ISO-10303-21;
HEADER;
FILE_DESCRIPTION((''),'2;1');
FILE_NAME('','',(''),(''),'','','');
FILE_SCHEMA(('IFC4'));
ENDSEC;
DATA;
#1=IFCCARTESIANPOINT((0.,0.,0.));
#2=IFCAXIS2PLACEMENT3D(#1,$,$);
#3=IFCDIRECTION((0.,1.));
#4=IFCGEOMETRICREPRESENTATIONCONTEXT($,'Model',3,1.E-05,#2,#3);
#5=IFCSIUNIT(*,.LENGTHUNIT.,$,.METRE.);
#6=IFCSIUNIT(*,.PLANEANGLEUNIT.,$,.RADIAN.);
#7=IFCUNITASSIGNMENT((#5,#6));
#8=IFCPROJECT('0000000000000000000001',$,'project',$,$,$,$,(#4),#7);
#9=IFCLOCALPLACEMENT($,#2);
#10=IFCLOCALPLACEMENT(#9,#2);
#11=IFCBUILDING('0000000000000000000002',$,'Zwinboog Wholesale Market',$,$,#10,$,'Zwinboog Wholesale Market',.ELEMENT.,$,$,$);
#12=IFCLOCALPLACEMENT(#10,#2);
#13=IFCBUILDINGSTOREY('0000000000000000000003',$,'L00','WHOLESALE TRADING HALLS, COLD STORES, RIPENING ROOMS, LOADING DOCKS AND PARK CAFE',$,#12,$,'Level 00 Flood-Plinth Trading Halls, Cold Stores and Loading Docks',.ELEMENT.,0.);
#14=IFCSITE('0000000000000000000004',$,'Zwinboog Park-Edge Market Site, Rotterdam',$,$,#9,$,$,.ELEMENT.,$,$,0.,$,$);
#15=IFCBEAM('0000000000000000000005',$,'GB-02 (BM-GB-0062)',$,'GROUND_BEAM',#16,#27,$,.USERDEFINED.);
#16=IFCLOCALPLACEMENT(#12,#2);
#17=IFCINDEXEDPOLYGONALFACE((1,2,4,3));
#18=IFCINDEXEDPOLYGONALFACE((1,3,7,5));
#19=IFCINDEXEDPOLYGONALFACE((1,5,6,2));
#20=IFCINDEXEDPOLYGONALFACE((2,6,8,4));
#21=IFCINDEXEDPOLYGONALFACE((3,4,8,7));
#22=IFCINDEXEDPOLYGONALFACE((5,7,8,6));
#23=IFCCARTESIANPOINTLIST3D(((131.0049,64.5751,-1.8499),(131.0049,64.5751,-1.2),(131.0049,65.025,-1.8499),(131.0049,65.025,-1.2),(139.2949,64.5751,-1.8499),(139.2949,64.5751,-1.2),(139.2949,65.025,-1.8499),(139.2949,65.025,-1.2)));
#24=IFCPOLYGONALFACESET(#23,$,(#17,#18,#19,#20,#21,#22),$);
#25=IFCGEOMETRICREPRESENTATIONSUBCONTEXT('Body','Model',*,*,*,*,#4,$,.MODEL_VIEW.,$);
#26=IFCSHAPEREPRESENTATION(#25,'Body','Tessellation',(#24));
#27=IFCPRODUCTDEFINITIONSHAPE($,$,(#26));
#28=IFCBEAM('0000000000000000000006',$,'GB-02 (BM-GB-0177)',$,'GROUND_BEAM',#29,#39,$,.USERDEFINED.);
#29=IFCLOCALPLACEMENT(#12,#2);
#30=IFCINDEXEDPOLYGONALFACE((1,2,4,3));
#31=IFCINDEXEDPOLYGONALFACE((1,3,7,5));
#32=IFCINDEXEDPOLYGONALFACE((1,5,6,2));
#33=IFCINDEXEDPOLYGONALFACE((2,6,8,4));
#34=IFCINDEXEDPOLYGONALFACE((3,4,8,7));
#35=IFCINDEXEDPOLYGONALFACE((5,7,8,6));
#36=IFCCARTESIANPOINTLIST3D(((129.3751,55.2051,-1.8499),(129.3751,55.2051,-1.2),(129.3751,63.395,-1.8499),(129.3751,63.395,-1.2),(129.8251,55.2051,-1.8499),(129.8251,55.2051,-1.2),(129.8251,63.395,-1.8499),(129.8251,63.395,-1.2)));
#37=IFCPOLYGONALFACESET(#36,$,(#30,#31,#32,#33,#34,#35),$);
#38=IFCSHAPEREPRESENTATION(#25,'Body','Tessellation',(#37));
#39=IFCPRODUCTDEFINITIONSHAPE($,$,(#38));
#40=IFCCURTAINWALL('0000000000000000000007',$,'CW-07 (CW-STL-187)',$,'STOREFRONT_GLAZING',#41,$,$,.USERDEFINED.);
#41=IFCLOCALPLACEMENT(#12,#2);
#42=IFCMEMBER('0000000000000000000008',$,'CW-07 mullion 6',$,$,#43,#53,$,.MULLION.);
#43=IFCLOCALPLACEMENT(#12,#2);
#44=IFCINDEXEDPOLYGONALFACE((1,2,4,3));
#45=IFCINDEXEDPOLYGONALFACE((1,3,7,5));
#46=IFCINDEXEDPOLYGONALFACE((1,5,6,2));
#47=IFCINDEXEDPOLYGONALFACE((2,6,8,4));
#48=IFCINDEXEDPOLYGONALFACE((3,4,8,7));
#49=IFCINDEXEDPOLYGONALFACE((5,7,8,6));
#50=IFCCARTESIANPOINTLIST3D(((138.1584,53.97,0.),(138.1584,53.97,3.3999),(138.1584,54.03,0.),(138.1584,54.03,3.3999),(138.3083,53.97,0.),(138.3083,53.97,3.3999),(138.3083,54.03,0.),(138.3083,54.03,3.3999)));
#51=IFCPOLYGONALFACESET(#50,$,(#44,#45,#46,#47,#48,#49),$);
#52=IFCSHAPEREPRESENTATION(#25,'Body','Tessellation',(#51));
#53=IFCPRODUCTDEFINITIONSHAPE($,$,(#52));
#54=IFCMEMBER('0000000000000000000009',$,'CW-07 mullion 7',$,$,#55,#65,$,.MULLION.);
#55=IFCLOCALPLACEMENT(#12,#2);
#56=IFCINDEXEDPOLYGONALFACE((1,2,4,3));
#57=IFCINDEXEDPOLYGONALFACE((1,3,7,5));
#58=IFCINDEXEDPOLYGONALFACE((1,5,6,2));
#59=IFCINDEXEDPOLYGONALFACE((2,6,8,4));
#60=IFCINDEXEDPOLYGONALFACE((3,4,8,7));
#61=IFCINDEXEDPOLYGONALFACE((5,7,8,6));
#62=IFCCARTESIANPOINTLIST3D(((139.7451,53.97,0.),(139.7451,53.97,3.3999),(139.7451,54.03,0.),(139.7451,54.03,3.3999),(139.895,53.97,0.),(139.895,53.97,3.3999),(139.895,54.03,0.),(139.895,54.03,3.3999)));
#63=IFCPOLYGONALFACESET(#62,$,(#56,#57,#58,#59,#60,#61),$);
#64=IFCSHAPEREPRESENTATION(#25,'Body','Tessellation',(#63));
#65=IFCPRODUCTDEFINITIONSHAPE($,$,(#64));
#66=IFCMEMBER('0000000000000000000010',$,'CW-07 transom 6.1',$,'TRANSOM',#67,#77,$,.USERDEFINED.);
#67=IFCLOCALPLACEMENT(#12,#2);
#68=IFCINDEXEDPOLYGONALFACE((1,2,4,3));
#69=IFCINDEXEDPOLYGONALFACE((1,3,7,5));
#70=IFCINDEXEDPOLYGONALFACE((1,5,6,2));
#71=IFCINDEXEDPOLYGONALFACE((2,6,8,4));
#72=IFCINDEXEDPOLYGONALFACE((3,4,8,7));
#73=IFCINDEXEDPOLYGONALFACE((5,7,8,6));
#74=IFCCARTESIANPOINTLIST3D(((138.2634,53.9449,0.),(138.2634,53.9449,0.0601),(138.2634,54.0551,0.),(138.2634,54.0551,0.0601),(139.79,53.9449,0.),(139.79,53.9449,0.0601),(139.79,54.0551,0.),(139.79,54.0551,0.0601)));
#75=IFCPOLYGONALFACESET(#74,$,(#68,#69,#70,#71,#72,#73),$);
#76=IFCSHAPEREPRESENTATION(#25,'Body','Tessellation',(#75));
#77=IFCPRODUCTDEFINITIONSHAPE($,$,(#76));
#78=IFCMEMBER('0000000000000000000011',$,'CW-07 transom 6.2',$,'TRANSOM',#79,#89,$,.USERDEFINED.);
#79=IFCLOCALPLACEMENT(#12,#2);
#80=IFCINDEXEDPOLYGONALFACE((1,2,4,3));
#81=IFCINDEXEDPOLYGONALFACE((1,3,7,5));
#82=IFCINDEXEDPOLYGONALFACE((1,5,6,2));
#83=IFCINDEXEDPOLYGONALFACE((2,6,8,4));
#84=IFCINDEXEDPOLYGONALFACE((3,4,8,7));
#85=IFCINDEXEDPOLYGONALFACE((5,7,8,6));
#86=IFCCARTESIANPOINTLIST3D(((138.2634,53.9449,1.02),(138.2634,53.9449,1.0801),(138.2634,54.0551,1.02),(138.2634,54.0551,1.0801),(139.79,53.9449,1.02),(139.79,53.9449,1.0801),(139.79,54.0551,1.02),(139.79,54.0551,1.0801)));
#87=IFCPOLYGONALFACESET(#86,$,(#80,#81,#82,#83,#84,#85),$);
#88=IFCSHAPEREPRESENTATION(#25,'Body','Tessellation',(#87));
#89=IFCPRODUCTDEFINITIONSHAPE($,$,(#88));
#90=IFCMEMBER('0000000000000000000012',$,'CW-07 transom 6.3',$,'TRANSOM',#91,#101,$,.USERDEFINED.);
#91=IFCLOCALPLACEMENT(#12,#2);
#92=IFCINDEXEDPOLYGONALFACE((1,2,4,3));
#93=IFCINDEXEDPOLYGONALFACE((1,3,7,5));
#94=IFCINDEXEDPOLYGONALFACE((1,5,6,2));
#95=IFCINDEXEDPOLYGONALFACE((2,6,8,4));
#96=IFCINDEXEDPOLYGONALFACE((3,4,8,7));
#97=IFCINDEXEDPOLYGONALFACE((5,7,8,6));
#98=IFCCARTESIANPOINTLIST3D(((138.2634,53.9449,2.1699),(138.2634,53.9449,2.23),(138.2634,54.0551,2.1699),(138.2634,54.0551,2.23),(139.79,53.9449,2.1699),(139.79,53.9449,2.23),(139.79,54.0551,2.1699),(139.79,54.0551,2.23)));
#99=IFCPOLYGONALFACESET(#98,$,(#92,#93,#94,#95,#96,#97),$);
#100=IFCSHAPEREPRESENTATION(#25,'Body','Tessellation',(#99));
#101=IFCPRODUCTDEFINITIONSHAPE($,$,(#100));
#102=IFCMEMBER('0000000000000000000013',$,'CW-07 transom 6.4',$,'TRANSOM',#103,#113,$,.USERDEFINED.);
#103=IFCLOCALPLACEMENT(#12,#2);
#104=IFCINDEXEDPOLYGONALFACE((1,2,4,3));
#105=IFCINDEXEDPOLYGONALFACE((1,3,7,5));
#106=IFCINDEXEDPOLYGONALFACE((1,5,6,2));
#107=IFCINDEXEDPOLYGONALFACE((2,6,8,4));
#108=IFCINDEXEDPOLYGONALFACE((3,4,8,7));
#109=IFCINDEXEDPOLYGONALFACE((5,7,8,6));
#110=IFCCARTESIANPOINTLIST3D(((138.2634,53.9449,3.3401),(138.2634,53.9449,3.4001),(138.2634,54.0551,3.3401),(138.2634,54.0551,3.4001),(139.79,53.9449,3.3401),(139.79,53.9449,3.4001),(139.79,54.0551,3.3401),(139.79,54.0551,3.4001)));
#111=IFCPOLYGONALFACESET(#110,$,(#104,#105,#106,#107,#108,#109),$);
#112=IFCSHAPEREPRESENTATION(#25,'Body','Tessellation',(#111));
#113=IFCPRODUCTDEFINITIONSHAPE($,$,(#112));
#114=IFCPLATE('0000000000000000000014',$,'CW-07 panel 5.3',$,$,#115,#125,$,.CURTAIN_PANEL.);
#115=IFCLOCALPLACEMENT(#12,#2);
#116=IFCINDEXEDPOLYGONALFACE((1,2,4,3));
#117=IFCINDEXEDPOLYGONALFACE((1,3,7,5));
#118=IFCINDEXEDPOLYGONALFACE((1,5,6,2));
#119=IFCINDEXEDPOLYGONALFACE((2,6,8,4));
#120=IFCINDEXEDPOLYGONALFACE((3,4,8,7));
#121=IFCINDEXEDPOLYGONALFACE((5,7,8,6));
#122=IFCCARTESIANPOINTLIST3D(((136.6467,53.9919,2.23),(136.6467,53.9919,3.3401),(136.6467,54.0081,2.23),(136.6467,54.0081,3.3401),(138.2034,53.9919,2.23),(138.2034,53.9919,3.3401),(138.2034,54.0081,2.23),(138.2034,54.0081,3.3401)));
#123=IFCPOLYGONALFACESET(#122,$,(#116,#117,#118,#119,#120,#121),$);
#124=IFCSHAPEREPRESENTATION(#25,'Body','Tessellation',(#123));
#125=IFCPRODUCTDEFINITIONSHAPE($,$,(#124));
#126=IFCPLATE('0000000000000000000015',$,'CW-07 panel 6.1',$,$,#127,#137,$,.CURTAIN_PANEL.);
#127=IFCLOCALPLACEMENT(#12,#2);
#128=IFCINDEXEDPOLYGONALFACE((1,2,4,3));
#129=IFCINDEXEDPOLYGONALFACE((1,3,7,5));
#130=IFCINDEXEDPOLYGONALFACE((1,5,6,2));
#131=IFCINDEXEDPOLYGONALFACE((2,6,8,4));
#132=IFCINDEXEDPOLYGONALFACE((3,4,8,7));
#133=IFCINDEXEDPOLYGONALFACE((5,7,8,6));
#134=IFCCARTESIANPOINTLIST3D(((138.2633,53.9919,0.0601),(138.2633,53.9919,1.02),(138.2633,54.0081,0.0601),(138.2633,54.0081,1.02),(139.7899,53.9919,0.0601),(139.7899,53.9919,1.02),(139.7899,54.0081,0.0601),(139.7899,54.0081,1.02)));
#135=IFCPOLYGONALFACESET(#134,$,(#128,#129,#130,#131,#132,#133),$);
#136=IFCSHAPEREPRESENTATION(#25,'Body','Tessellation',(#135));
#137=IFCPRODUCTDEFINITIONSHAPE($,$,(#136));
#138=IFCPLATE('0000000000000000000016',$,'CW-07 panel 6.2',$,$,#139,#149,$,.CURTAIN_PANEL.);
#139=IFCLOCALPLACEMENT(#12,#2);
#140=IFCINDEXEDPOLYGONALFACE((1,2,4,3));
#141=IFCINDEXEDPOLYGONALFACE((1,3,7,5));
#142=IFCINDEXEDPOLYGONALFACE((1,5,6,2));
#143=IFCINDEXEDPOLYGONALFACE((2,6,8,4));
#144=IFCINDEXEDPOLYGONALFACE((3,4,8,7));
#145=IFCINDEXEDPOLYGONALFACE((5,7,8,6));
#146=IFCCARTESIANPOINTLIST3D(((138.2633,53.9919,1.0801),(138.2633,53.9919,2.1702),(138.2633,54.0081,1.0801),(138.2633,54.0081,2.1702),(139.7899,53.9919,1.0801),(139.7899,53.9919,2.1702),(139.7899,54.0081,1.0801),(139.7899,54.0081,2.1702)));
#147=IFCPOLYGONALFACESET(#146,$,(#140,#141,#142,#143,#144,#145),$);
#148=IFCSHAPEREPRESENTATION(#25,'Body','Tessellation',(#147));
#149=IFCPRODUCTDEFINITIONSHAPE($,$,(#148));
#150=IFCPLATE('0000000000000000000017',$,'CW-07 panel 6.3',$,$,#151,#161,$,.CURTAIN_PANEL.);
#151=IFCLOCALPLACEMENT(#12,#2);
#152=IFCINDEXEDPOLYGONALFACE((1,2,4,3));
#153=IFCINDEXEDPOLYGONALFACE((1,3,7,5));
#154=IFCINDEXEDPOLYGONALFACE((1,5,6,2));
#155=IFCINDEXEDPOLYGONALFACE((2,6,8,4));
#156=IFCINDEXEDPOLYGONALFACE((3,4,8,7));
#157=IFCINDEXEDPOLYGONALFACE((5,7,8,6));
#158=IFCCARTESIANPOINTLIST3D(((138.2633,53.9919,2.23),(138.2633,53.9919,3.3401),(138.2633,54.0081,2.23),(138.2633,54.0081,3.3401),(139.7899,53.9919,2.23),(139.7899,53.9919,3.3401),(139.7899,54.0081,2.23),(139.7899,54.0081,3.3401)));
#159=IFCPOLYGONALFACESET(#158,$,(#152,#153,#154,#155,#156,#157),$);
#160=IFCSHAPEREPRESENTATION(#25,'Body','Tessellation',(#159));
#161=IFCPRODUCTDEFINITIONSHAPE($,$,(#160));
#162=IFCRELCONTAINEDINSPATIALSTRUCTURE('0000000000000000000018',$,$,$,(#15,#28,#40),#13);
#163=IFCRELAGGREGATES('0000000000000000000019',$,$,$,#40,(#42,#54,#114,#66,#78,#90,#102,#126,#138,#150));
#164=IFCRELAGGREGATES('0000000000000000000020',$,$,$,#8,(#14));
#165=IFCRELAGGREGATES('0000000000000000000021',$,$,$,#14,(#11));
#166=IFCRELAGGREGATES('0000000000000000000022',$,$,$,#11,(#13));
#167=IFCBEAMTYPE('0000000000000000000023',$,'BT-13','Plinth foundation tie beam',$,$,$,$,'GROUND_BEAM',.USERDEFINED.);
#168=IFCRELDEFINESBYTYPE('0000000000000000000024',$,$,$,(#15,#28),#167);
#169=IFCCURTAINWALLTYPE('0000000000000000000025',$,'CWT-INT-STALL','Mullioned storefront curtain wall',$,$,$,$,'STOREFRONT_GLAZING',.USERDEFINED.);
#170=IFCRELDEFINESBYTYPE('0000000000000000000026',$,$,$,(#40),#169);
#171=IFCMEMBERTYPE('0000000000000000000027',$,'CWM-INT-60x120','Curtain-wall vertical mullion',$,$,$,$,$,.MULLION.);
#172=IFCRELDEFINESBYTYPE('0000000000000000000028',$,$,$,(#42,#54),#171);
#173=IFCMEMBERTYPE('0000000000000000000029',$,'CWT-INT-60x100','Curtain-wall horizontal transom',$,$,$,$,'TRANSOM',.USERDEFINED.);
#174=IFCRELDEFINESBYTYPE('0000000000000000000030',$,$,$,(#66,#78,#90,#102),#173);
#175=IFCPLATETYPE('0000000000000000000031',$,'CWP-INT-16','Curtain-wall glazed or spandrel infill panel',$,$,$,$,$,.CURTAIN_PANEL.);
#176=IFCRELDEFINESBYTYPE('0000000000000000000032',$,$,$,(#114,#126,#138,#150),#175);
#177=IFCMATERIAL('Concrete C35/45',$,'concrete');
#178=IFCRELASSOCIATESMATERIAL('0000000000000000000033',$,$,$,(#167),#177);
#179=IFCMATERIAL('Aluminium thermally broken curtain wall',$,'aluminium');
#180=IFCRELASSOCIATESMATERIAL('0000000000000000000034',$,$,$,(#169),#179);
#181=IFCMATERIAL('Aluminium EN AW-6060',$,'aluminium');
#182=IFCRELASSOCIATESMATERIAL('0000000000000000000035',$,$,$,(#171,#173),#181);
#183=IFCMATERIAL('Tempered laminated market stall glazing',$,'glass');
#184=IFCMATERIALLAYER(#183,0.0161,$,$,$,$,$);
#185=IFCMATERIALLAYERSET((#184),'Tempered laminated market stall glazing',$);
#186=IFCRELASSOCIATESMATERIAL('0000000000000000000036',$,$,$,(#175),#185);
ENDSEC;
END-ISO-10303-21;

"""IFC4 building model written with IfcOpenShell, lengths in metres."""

from ifc_helpers import new_model, si_unit, direction, frame, origin, origin_2d, place, context, subcontext, project, spatial, rectangle, extrude, material, layer, layer_set, material_profile, profile_set, type_object, element, aggregate, save


model = new_model("IFC4")

# Units and contexts
model_context = context("Model", 3, precision=1e-05, world=origin(), true_north=direction((0.0, 1.0)))
body_context = subcontext(model_context, "Body", "Model", "MODEL_VIEW")
ifc_project = project(units=[si_unit("LENGTHUNIT", "METRE"), si_unit("PLANEANGLEUNIT", "RADIAN")], contexts=[model_context])

# Site, building, storey
site_placement = place(None, origin())
site = spatial("IfcSite", under=ifc_project, at=site_placement, Name="Zwinboog Park-Edge Market Site, Rotterdam", CompositionType="ELEMENT", RefElevation=0.0)
building_placement = place(site_placement, origin())
building = spatial("IfcBuilding", under=site, at=building_placement, Name="Zwinboog Wholesale Market", LongName="Zwinboog Wholesale Market", CompositionType="ELEMENT")
storey_placement = place(building_placement, origin())
storey = spatial("IfcBuildingStorey", under=building, at=storey_placement, Name="L00", Description="WHOLESALE TRADING HALLS, COLD STORES, RIPENING ROOMS, LOADING DOCKS AND PARK CAFE", LongName="Level 00 Flood-Plinth Trading Halls, Cold Stores and Loading Docks", CompositionType="ELEMENT", Elevation=0.0)

# Shared definitions
ifc_material_1 = material(Name="Concrete C35/45", Category="concrete")

# Beams
ifc_material_profile_1 = material_profile(ifc_material_1, rectangle(XDim=0.45, YDim=0.6499, at=origin_2d()), Name="RC 450x650")
ifc_profile_set_1 = profile_set([ifc_material_profile_1], Name="Concrete C35/45")
beam_type_1 = type_object("IfcBeamType", Name="BT-13", Description="Plinth foundation tie beam", ElementType="GROUND_BEAM", PredefinedType="USERDEFINED", material=ifc_profile_set_1)
beam_1_placement = place(storey_placement, frame((131.0049, 64.8, -1.5249), z_axis=(1.0, 0.0, 0.0), x_axis=(0.0, 1.0, 0.0)))
element("IfcBeam", 1, at=beam_1_placement, inside=storey, type_object=beam_type_1, Name="GB-02 (BM-GB-0062)", ObjectType="GROUND_BEAM", PredefinedType="USERDEFINED", context=body_context, shape_type="SweptSolid", body=[
    extrude(rectangle(XDim=0.45, YDim=0.6499, at=origin_2d()), origin(), (0.0, 0.0, 1.0), 8.29),
])
beam_2_placement = place(storey_placement, frame((129.6001, 55.2051, -1.5249), z_axis=(0.0, 1.0, 0.0), x_axis=(-1.0, 0.0, 0.0)))
element("IfcBeam", 2, at=beam_2_placement, inside=storey, type_object=beam_type_1, Name="GB-02 (BM-GB-0177)", ObjectType="GROUND_BEAM", PredefinedType="USERDEFINED", context=body_context, shape_type="SweptSolid", body=[
    extrude(rectangle(XDim=0.45, YDim=0.6499, at=origin_2d()), origin(), (0.0, 0.0, 1.0), 8.1899),
])

# Curtain wall, members, plates
ifc_material_2 = material(Name="Aluminium thermally broken curtain wall", Category="aluminium")
curtain_wall_type = type_object("IfcCurtainWallType", Name="CWT-INT-STALL", Description="Mullioned storefront curtain wall", ElementType="STOREFRONT_GLAZING", PredefinedType="USERDEFINED", material=ifc_material_2)
curtain_wall_placement = place(storey_placement, origin())
curtain_wall = element("IfcCurtainWall", 3, at=curtain_wall_placement, inside=storey, type_object=curtain_wall_type, Name="CW-07 (CW-STL-187)", ObjectType="STOREFRONT_GLAZING", PredefinedType="USERDEFINED")
ifc_material_3 = material(Name="Aluminium EN AW-6060", Category="aluminium")
ifc_material_profile_2 = material_profile(ifc_material_3, rectangle(XDim=0.0601, YDim=0.1499, at=origin_2d()), Name="AL 60x150")
ifc_profile_set_2 = profile_set([ifc_material_profile_2], Name="Aluminium EN AW-6060")
member_type_1 = type_object("IfcMemberType", Name="CWM-INT-60x120", Description="Curtain-wall vertical mullion", PredefinedType="MULLION", material=ifc_profile_set_2)
member_1_placement = place(storey_placement, frame((138.2334, 54.0, 0.0), z_axis=(0.0, 0.0, 1.0), x_axis=(0.0, 1.0, 0.0)))
member_1 = element("IfcMember", 4, at=member_1_placement, type_object=member_type_1, Name="CW-07 mullion 6", PredefinedType="MULLION", context=body_context, shape_type="SweptSolid", body=[
    extrude(rectangle(XDim=0.0601, YDim=0.1499, at=origin_2d()), origin(), (0.0, 0.0, 1.0), 3.3999),
])
member_2_placement = place(storey_placement, frame((139.8201, 54.0, 0.0), z_axis=(0.0, 0.0, 1.0), x_axis=(0.0, 1.0, 0.0)))
member_2 = element("IfcMember", 5, at=member_2_placement, type_object=member_type_1, Name="CW-07 mullion 7", PredefinedType="MULLION", context=body_context, shape_type="SweptSolid", body=[
    extrude(rectangle(XDim=0.0601, YDim=0.1499, at=origin_2d()), origin(), (0.0, 0.0, 1.0), 3.3999),
])
ifc_material_profile_3 = material_profile(ifc_material_3, rectangle(XDim=0.1101, YDim=0.0601, at=origin_2d()), Name="AL 60x110")
ifc_profile_set_3 = profile_set([ifc_material_profile_3], Name="Aluminium EN AW-6060")
member_type_2 = type_object("IfcMemberType", Name="CWT-INT-60x100", Description="Curtain-wall horizontal transom", ElementType="TRANSOM", PredefinedType="USERDEFINED", material=ifc_profile_set_3)
member_3_placement = place(storey_placement, frame((138.2634, 54.0, 0.03), z_axis=(1.0, 0.0, 0.0), x_axis=(0.0, 1.0, 0.0)))
member_3 = element("IfcMember", 6, at=member_3_placement, type_object=member_type_2, Name="CW-07 transom 6.1", ObjectType="TRANSOM", PredefinedType="USERDEFINED", context=body_context, shape_type="SweptSolid", body=[
    extrude(rectangle(XDim=0.1101, YDim=0.0601, at=origin_2d()), origin(), (0.0, 0.0, 1.0), 1.5266),
])
member_4_placement = place(storey_placement, frame((138.2634, 54.0, 1.05), z_axis=(1.0, 0.0, 0.0), x_axis=(0.0, 1.0, 0.0)))
member_4 = element("IfcMember", 7, at=member_4_placement, type_object=member_type_2, Name="CW-07 transom 6.2", ObjectType="TRANSOM", PredefinedType="USERDEFINED", context=body_context, shape_type="SweptSolid", body=[
    extrude(rectangle(XDim=0.1101, YDim=0.0601, at=origin_2d()), origin(), (0.0, 0.0, 1.0), 1.5266),
])
member_5_placement = place(storey_placement, frame((138.2634, 54.0, 2.2), z_axis=(1.0, 0.0, 0.0), x_axis=(0.0, 1.0, 0.0)))
member_5 = element("IfcMember", 8, at=member_5_placement, type_object=member_type_2, Name="CW-07 transom 6.3", ObjectType="TRANSOM", PredefinedType="USERDEFINED", context=body_context, shape_type="SweptSolid", body=[
    extrude(rectangle(XDim=0.1101, YDim=0.0601, at=origin_2d()), origin(), (0.0, 0.0, 1.0), 1.5266),
])
member_6_placement = place(storey_placement, frame((138.2634, 54.0, 3.3701), z_axis=(1.0, 0.0, 0.0), x_axis=(0.0, 1.0, 0.0)))
member_6 = element("IfcMember", 9, at=member_6_placement, type_object=member_type_2, Name="CW-07 transom 6.4", ObjectType="TRANSOM", PredefinedType="USERDEFINED", context=body_context, shape_type="SweptSolid", body=[
    extrude(rectangle(XDim=0.1101, YDim=0.0601, at=origin_2d()), origin(), (0.0, 0.0, 1.0), 1.5266),
])
ifc_material_4 = material(Name="Tempered laminated market stall glazing", Category="glass")
ifc_layer = layer(ifc_material_4, 0.0161)
ifc_layer_set = layer_set([ifc_layer], Name="Tempered laminated market stall glazing")
plate_type = type_object("IfcPlateType", Name="CWP-INT-16", Description="Curtain-wall glazed or spandrel infill panel", PredefinedType="CURTAIN_PANEL", material=ifc_layer_set)
plate_1_placement = place(storey_placement, frame((137.425, 54.0, 2.23), z_axis=(0.0, 0.0, 1.0), x_axis=(1.0, 0.0, 0.0)))
plate_1 = element("IfcPlate", 10, at=plate_1_placement, type_object=plate_type, Name="CW-07 panel 5.3", PredefinedType="CURTAIN_PANEL", context=body_context, shape_type="SweptSolid", body=[
    extrude(rectangle(XDim=1.5566, YDim=0.0161, at=origin_2d()), origin(), (0.0, 0.0, 1.0), 1.1101),
])
plate_2_placement = place(storey_placement, frame((139.0266, 54.0, 0.0601), z_axis=(0.0, 0.0, 1.0), x_axis=(1.0, 0.0, 0.0)))
plate_2 = element("IfcPlate", 11, at=plate_2_placement, type_object=plate_type, Name="CW-07 panel 6.1", PredefinedType="CURTAIN_PANEL", context=body_context, shape_type="SweptSolid", body=[
    extrude(rectangle(XDim=1.5266, YDim=0.0161, at=origin_2d()), origin(), (0.0, 0.0, 1.0), 0.96),
])
plate_3_placement = place(storey_placement, frame((139.0266, 54.0, 1.0801), z_axis=(0.0, 0.0, 1.0), x_axis=(1.0, 0.0, 0.0)))
plate_3 = element("IfcPlate", 12, at=plate_3_placement, type_object=plate_type, Name="CW-07 panel 6.2", PredefinedType="CURTAIN_PANEL", context=body_context, shape_type="SweptSolid", body=[
    extrude(rectangle(XDim=1.5266, YDim=0.0161, at=origin_2d()), origin(), (0.0, 0.0, 1.0), 1.0901),
])
plate_4_placement = place(storey_placement, frame((139.0266, 54.0, 2.23), z_axis=(0.0, 0.0, 1.0), x_axis=(1.0, 0.0, 0.0)))
plate_4 = element("IfcPlate", 13, at=plate_4_placement, type_object=plate_type, Name="CW-07 panel 6.3", PredefinedType="CURTAIN_PANEL", context=body_context, shape_type="SweptSolid", body=[
    extrude(rectangle(XDim=1.5266, YDim=0.0161, at=origin_2d()), origin(), (0.0, 0.0, 1.0), 1.1101),
])
aggregate(curtain_wall, [member_1, member_2, plate_1, member_3, member_4, member_5, member_6, plate_2, plate_3, plate_4])

save(model, "model.ifc")
